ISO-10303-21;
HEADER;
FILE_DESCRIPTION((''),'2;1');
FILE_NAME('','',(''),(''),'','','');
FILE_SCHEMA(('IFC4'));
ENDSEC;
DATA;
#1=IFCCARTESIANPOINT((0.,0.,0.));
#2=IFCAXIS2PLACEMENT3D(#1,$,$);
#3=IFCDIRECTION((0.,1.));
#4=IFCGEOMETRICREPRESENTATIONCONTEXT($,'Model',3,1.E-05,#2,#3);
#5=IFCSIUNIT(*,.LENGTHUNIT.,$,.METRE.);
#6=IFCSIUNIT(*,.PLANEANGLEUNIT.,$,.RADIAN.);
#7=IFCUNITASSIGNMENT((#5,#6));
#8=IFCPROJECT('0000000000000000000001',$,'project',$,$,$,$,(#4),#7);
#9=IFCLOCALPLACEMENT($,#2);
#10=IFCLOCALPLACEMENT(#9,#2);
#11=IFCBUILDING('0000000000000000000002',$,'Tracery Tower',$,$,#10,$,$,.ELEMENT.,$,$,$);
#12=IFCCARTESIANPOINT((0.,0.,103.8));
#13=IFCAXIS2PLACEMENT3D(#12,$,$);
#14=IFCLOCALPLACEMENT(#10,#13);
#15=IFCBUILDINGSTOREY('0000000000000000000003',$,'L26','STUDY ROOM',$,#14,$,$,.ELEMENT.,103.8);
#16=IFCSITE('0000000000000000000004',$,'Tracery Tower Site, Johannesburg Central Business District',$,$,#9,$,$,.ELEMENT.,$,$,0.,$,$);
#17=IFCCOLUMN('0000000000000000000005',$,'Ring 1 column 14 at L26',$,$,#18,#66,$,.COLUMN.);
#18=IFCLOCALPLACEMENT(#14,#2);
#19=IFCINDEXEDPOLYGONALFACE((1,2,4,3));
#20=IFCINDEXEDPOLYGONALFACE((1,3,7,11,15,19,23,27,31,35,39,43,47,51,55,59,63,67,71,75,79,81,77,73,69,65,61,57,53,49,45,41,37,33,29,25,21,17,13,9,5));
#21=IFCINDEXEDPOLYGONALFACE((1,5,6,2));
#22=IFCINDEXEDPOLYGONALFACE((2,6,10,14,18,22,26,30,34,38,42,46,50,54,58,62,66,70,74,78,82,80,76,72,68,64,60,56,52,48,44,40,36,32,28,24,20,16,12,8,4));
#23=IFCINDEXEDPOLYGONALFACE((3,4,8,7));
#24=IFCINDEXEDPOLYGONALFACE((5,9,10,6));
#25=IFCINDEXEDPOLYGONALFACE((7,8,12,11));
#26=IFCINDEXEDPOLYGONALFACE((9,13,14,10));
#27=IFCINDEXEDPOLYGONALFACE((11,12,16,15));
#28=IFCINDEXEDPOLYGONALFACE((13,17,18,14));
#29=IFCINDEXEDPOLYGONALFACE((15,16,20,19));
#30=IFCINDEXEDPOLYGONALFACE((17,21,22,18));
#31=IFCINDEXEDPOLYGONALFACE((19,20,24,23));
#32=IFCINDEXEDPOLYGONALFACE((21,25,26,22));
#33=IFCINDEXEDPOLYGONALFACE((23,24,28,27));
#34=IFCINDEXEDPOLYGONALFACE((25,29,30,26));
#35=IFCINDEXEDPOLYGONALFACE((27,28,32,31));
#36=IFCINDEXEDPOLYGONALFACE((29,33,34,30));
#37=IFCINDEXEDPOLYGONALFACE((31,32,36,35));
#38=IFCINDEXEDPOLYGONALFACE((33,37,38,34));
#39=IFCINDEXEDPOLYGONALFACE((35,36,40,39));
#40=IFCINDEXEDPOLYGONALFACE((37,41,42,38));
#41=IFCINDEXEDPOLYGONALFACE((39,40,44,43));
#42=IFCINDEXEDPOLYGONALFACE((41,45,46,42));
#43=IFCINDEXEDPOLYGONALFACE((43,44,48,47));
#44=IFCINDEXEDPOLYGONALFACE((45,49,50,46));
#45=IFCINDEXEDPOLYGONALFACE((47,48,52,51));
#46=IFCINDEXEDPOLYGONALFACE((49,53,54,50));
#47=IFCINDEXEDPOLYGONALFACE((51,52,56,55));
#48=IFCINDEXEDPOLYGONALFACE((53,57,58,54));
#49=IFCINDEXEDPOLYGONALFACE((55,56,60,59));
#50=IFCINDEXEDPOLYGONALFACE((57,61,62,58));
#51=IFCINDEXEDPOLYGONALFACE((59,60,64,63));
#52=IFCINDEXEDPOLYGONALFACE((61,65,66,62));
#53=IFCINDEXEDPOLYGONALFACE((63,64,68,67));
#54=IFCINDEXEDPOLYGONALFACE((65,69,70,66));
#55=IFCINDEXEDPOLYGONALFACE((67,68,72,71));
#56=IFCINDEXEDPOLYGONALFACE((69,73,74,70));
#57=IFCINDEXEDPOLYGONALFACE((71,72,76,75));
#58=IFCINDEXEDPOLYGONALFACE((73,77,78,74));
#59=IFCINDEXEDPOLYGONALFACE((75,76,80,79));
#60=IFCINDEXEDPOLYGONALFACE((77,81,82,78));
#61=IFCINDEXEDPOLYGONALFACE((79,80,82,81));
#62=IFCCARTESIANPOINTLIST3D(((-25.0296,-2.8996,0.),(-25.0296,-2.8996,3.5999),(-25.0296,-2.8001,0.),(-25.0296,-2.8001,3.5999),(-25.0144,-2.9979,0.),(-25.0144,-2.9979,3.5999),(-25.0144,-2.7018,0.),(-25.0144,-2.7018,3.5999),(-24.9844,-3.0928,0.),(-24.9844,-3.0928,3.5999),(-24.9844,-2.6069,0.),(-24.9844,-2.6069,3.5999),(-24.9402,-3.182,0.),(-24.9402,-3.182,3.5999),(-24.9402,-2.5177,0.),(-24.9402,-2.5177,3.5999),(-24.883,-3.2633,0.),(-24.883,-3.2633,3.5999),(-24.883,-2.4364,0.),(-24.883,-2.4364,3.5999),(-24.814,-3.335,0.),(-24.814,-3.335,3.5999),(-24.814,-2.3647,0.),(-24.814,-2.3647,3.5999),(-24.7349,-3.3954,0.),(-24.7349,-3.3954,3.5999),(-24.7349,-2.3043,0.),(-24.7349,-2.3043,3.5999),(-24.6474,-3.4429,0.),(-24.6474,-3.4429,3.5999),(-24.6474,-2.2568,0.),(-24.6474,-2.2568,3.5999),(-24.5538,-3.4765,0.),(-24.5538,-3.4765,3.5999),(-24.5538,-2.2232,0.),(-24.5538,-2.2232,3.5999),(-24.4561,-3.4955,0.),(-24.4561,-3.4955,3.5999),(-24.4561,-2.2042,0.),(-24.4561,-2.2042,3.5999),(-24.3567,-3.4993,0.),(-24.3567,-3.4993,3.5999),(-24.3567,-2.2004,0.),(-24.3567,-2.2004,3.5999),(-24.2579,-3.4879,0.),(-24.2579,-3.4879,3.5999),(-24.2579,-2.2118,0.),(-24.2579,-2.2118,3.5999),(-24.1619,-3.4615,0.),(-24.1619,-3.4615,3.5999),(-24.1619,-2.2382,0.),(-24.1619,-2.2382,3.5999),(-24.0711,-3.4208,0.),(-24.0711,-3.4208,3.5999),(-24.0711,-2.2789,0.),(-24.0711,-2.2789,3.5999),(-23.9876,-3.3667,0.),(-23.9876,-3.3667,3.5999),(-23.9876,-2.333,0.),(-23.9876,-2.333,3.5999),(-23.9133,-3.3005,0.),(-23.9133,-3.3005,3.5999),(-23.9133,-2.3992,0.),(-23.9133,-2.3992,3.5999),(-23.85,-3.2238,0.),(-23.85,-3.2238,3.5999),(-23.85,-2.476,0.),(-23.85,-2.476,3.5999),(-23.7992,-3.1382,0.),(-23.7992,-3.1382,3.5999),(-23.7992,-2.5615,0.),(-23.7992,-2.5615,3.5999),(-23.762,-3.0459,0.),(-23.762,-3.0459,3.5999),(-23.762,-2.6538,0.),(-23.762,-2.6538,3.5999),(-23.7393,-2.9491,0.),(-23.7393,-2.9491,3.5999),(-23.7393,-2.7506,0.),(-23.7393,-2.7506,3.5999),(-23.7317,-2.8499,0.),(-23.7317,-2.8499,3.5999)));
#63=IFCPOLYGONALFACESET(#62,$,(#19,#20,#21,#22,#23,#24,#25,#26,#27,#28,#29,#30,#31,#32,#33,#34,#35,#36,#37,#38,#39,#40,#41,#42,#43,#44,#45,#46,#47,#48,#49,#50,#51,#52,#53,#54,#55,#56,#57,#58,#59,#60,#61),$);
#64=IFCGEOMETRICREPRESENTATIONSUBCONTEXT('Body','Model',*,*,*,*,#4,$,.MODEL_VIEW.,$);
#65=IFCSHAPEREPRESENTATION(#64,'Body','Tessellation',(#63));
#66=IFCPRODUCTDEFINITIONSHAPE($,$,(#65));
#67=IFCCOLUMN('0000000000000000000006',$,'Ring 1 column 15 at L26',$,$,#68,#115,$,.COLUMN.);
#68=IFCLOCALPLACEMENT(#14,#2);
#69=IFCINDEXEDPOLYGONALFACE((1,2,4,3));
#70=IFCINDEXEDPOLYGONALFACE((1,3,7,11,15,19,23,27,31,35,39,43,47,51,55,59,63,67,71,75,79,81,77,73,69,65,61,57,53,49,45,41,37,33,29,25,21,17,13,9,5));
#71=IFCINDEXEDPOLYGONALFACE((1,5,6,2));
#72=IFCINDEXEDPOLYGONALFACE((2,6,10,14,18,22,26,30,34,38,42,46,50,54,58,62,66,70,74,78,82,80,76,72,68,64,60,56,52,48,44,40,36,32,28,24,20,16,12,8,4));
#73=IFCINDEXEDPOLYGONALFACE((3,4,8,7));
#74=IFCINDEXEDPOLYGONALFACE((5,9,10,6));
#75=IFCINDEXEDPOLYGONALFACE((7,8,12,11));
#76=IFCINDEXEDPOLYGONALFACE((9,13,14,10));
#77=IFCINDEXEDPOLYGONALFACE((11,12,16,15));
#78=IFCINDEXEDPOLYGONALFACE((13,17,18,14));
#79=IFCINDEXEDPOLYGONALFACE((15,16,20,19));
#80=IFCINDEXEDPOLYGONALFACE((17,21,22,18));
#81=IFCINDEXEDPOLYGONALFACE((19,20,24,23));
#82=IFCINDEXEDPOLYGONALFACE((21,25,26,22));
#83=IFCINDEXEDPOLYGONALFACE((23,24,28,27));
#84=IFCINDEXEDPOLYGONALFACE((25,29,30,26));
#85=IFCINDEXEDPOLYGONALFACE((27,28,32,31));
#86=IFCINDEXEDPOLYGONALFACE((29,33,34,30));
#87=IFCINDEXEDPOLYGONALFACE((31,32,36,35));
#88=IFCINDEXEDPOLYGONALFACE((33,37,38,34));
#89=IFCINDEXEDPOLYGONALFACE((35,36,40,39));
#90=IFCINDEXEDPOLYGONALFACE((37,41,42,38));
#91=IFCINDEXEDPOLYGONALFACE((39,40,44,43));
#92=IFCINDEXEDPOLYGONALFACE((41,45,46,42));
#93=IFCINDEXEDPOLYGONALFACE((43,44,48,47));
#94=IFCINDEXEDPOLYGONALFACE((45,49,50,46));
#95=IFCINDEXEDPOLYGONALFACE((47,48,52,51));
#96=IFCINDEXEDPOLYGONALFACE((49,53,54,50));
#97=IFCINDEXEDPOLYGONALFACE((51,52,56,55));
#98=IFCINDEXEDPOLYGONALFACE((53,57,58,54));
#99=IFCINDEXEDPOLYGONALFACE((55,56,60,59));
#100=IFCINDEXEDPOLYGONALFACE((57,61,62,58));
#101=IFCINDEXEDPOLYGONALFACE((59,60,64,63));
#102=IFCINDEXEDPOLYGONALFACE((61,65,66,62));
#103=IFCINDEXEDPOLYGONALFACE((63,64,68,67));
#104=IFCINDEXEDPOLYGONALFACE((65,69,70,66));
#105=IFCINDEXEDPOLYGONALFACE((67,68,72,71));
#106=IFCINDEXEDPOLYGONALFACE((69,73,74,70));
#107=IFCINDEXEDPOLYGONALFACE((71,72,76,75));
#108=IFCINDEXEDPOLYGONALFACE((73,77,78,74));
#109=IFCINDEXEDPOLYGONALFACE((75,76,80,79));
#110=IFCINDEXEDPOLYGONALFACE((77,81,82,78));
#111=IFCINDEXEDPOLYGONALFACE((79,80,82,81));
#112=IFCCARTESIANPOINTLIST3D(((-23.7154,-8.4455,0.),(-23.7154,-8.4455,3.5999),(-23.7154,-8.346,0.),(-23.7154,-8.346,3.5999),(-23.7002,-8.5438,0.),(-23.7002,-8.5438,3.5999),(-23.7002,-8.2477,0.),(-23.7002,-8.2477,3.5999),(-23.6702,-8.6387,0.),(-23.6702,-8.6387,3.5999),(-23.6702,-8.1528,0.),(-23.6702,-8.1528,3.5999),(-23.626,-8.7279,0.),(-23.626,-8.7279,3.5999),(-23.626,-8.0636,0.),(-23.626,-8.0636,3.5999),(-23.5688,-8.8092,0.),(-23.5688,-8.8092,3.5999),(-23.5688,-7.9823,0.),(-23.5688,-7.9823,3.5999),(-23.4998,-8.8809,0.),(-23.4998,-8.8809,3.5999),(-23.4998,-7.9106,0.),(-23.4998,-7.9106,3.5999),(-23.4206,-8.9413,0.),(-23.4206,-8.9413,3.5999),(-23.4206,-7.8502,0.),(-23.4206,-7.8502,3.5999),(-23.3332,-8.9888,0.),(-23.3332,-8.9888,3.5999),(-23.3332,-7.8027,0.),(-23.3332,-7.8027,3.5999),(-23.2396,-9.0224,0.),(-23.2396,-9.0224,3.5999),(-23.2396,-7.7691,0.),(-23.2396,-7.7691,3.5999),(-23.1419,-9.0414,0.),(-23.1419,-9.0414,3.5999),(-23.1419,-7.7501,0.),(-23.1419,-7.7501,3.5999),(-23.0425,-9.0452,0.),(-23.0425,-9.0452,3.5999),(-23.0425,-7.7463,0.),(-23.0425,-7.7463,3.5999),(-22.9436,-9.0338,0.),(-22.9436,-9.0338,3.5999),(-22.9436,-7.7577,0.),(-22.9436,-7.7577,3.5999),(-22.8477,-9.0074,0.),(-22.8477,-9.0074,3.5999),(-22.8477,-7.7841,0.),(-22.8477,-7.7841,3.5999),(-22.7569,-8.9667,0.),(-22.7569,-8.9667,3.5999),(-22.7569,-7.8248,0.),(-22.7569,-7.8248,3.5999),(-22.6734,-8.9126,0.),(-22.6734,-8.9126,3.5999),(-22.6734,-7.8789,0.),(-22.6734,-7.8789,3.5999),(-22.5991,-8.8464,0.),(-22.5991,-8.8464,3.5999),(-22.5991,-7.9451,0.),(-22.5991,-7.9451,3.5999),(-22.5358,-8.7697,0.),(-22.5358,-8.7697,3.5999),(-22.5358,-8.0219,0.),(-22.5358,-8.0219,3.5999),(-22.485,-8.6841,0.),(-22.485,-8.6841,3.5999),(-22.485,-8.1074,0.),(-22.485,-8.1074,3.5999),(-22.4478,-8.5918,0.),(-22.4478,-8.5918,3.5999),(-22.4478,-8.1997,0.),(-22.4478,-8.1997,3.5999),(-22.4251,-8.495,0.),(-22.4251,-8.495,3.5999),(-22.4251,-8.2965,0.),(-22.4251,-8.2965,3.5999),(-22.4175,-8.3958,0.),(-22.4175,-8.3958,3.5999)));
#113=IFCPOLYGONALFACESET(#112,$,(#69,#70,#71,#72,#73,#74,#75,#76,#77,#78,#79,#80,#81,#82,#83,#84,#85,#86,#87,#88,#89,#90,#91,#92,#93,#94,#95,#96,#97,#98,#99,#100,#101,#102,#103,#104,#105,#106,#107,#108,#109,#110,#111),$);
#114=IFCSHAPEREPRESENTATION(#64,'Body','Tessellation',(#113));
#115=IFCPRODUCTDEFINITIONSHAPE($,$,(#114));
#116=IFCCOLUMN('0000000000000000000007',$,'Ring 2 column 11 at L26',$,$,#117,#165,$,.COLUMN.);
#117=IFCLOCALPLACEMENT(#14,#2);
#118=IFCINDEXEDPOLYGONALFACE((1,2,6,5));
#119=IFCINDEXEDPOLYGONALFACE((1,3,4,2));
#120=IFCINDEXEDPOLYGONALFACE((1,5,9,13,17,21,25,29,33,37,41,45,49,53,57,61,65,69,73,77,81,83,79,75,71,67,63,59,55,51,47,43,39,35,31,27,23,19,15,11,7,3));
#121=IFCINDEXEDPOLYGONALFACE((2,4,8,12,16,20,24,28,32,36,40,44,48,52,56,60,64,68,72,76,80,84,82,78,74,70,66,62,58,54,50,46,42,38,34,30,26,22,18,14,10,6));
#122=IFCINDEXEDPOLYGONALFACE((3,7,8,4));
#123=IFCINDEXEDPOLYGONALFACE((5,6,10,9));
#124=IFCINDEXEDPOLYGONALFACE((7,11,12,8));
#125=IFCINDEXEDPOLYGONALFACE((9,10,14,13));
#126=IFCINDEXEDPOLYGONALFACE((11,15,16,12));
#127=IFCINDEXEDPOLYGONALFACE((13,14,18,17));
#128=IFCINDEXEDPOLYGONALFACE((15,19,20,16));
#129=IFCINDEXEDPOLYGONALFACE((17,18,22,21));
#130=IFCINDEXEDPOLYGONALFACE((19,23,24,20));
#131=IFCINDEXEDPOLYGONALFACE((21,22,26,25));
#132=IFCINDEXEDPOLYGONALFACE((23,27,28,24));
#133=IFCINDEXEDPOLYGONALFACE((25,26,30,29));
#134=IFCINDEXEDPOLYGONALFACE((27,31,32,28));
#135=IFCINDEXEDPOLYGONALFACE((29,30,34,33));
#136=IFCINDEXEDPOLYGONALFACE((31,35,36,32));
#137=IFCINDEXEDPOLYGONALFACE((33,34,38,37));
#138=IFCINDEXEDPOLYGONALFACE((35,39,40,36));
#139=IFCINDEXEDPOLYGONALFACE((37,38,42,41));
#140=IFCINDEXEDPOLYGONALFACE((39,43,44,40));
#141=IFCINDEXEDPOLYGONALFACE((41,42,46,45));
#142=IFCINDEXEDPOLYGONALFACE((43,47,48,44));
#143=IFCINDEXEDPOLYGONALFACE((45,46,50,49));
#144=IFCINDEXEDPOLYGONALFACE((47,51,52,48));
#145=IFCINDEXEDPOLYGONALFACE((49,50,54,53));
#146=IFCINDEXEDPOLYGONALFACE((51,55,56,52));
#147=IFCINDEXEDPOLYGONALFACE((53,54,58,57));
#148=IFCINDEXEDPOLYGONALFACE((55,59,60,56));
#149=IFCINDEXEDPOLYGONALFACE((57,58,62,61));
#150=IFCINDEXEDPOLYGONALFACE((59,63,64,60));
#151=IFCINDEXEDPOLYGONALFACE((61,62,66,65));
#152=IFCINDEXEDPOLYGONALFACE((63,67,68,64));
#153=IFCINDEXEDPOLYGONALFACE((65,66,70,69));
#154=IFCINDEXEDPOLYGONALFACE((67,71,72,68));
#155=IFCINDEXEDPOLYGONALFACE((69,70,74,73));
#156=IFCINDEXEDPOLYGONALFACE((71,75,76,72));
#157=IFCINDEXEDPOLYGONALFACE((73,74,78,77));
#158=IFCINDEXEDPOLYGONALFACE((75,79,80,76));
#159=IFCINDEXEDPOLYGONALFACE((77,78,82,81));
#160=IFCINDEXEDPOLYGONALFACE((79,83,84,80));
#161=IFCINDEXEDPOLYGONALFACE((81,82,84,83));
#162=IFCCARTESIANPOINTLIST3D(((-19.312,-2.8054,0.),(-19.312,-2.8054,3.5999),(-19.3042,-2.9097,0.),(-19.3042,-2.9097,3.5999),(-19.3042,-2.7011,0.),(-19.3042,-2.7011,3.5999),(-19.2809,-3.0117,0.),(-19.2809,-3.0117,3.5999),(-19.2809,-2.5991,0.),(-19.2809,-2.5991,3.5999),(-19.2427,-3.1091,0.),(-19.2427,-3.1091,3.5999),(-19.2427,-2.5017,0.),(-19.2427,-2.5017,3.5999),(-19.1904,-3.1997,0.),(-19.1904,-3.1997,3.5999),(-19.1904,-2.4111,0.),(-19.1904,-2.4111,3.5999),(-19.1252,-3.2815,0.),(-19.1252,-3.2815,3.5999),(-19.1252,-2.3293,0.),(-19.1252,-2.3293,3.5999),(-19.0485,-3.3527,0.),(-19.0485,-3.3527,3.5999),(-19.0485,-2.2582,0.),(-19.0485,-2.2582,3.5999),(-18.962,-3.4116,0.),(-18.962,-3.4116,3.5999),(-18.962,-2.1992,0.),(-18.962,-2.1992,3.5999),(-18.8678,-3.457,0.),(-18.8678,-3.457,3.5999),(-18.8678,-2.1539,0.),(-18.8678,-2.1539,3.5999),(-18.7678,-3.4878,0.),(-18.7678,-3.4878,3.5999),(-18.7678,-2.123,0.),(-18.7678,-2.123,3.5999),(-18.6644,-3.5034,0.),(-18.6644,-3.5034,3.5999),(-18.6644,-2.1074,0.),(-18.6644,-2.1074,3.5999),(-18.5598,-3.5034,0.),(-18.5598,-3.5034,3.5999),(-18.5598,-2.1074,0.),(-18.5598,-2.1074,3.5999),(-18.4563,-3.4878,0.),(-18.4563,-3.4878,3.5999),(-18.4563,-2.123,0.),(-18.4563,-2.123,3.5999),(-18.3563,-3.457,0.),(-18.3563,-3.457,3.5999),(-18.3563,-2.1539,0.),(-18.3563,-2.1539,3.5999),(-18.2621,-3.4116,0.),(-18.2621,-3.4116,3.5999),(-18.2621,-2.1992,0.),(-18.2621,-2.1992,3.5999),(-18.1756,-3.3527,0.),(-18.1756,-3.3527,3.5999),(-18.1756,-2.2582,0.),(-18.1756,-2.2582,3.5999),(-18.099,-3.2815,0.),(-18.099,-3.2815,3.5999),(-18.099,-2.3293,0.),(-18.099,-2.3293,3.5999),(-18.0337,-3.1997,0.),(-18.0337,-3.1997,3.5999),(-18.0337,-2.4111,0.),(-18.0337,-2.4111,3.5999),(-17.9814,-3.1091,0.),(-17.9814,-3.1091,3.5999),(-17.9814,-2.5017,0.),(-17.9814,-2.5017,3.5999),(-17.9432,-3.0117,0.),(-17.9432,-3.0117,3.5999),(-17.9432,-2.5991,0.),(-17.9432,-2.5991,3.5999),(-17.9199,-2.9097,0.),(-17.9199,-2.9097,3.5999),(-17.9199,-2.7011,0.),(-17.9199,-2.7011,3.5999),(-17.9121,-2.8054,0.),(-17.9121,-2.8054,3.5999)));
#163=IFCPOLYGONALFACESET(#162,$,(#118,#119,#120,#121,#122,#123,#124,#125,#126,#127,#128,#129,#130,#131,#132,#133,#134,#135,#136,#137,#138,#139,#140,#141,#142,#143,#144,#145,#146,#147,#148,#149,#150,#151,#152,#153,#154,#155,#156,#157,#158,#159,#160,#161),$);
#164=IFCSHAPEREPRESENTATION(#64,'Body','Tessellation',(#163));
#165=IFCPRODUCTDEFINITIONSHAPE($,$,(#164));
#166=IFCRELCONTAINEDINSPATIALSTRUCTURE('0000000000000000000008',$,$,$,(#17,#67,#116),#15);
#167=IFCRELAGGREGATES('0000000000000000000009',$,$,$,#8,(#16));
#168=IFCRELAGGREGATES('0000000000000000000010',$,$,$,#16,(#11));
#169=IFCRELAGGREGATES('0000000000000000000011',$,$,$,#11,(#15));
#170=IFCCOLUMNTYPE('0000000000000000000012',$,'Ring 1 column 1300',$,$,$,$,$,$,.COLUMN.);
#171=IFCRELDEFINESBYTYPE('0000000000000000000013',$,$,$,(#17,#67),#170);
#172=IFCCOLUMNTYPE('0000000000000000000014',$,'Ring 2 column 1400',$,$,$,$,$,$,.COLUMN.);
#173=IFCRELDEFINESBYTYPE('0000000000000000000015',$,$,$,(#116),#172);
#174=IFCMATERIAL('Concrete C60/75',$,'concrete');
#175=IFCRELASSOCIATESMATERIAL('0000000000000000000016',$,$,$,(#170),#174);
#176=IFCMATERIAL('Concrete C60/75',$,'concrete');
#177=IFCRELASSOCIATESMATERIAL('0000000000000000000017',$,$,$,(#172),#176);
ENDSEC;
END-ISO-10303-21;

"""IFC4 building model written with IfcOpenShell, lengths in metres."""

from ifc_helpers import new_model, si_unit, direction, frame, origin, origin_2d, place, context, subcontext, project, spatial, circle, extrude, material, material_profile, profile_set, type_object, element, save


model = new_model("IFC4")

# Units and contexts
model_context = context("Model", 3, precision=1e-05, world=origin(), true_north=direction((0.0, 1.0)))
body_context = subcontext(model_context, "Body", "Model", "MODEL_VIEW")
ifc_project = project(units=[si_unit("LENGTHUNIT", "METRE"), si_unit("PLANEANGLEUNIT", "RADIAN")], contexts=[model_context])

# Site, building, storey
site_placement = place(None, origin())
site = spatial("IfcSite", under=ifc_project, at=site_placement, Name="Tracery Tower Site, Johannesburg Central Business District", CompositionType="ELEMENT", RefElevation=0.0)
building_placement = place(site_placement, origin())
building = spatial("IfcBuilding", under=site, at=building_placement, Name="Tracery Tower", CompositionType="ELEMENT")
storey_placement = place(building_placement, frame((0.0, 0.0, 103.8)))
storey = spatial("IfcBuildingStorey", under=building, at=storey_placement, Name="L26", Description="STUDY ROOM", CompositionType="ELEMENT", Elevation=103.8)

# Columns
ifc_material_1 = material(Name="Concrete C60/75", Category="concrete")
ifc_material_profile_1 = material_profile(ifc_material_1, circle(Radius=0.6499, at=origin_2d()), Name="RC D1300")
ifc_profile_set_1 = profile_set([ifc_material_profile_1], Name="Concrete C60/75")
column_type_1 = type_object("IfcColumnType", Name="Ring 1 column 1300", PredefinedType="COLUMN", material=ifc_profile_set_1)
for number, where, z_axis, x_axis, name in (
    (1, (-24.3816, -2.8499, 0.0), (0.0, 0.0, 1.0), (1.0, 0.0, 0.0), "Ring 1 column 14 at L26"),
    (2, (-23.0674, -8.3958, 0.0), (0.0, 0.0, 1.0), (1.0, 0.0, 0.0), "Ring 1 column 15 at L26"),
):
    element("IfcColumn", number, at=place(storey_placement, frame(where, z_axis=z_axis, x_axis=x_axis)), inside=storey, type_object=column_type_1, Name=name, PredefinedType="COLUMN", context=body_context, shape_type="SweptSolid", body=[
        extrude(circle(Radius=0.6499, at=origin_2d()), origin(), (0.0, 0.0, 1.0), 3.5999),
    ])
ifc_material_2 = material(Name="Concrete C60/75", Category="concrete")
ifc_material_profile_2 = material_profile(ifc_material_2, circle(Radius=0.7, at=origin_2d()), Name="RC D1400")
ifc_profile_set_2 = profile_set([ifc_material_profile_2], Name="Concrete C60/75")
column_type_2 = type_object("IfcColumnType", Name="Ring 2 column 1400", PredefinedType="COLUMN", material=ifc_profile_set_2)
for number, where, z_axis, x_axis, name in (
    (3, (-18.6121, -2.8054, 0.0), (0.0, 0.0, 1.0), (1.0, 0.0, 0.0), "Ring 2 column 11 at L26"),
):
    element("IfcColumn", number, at=place(storey_placement, frame(where, z_axis=z_axis, x_axis=x_axis)), inside=storey, type_object=column_type_2, Name=name, PredefinedType="COLUMN", context=body_context, shape_type="SweptSolid", body=[
        extrude(circle(Radius=0.7, at=origin_2d()), origin(), (0.0, 0.0, 1.0), 3.5999),
    ])

save(model, "model.ifc")
